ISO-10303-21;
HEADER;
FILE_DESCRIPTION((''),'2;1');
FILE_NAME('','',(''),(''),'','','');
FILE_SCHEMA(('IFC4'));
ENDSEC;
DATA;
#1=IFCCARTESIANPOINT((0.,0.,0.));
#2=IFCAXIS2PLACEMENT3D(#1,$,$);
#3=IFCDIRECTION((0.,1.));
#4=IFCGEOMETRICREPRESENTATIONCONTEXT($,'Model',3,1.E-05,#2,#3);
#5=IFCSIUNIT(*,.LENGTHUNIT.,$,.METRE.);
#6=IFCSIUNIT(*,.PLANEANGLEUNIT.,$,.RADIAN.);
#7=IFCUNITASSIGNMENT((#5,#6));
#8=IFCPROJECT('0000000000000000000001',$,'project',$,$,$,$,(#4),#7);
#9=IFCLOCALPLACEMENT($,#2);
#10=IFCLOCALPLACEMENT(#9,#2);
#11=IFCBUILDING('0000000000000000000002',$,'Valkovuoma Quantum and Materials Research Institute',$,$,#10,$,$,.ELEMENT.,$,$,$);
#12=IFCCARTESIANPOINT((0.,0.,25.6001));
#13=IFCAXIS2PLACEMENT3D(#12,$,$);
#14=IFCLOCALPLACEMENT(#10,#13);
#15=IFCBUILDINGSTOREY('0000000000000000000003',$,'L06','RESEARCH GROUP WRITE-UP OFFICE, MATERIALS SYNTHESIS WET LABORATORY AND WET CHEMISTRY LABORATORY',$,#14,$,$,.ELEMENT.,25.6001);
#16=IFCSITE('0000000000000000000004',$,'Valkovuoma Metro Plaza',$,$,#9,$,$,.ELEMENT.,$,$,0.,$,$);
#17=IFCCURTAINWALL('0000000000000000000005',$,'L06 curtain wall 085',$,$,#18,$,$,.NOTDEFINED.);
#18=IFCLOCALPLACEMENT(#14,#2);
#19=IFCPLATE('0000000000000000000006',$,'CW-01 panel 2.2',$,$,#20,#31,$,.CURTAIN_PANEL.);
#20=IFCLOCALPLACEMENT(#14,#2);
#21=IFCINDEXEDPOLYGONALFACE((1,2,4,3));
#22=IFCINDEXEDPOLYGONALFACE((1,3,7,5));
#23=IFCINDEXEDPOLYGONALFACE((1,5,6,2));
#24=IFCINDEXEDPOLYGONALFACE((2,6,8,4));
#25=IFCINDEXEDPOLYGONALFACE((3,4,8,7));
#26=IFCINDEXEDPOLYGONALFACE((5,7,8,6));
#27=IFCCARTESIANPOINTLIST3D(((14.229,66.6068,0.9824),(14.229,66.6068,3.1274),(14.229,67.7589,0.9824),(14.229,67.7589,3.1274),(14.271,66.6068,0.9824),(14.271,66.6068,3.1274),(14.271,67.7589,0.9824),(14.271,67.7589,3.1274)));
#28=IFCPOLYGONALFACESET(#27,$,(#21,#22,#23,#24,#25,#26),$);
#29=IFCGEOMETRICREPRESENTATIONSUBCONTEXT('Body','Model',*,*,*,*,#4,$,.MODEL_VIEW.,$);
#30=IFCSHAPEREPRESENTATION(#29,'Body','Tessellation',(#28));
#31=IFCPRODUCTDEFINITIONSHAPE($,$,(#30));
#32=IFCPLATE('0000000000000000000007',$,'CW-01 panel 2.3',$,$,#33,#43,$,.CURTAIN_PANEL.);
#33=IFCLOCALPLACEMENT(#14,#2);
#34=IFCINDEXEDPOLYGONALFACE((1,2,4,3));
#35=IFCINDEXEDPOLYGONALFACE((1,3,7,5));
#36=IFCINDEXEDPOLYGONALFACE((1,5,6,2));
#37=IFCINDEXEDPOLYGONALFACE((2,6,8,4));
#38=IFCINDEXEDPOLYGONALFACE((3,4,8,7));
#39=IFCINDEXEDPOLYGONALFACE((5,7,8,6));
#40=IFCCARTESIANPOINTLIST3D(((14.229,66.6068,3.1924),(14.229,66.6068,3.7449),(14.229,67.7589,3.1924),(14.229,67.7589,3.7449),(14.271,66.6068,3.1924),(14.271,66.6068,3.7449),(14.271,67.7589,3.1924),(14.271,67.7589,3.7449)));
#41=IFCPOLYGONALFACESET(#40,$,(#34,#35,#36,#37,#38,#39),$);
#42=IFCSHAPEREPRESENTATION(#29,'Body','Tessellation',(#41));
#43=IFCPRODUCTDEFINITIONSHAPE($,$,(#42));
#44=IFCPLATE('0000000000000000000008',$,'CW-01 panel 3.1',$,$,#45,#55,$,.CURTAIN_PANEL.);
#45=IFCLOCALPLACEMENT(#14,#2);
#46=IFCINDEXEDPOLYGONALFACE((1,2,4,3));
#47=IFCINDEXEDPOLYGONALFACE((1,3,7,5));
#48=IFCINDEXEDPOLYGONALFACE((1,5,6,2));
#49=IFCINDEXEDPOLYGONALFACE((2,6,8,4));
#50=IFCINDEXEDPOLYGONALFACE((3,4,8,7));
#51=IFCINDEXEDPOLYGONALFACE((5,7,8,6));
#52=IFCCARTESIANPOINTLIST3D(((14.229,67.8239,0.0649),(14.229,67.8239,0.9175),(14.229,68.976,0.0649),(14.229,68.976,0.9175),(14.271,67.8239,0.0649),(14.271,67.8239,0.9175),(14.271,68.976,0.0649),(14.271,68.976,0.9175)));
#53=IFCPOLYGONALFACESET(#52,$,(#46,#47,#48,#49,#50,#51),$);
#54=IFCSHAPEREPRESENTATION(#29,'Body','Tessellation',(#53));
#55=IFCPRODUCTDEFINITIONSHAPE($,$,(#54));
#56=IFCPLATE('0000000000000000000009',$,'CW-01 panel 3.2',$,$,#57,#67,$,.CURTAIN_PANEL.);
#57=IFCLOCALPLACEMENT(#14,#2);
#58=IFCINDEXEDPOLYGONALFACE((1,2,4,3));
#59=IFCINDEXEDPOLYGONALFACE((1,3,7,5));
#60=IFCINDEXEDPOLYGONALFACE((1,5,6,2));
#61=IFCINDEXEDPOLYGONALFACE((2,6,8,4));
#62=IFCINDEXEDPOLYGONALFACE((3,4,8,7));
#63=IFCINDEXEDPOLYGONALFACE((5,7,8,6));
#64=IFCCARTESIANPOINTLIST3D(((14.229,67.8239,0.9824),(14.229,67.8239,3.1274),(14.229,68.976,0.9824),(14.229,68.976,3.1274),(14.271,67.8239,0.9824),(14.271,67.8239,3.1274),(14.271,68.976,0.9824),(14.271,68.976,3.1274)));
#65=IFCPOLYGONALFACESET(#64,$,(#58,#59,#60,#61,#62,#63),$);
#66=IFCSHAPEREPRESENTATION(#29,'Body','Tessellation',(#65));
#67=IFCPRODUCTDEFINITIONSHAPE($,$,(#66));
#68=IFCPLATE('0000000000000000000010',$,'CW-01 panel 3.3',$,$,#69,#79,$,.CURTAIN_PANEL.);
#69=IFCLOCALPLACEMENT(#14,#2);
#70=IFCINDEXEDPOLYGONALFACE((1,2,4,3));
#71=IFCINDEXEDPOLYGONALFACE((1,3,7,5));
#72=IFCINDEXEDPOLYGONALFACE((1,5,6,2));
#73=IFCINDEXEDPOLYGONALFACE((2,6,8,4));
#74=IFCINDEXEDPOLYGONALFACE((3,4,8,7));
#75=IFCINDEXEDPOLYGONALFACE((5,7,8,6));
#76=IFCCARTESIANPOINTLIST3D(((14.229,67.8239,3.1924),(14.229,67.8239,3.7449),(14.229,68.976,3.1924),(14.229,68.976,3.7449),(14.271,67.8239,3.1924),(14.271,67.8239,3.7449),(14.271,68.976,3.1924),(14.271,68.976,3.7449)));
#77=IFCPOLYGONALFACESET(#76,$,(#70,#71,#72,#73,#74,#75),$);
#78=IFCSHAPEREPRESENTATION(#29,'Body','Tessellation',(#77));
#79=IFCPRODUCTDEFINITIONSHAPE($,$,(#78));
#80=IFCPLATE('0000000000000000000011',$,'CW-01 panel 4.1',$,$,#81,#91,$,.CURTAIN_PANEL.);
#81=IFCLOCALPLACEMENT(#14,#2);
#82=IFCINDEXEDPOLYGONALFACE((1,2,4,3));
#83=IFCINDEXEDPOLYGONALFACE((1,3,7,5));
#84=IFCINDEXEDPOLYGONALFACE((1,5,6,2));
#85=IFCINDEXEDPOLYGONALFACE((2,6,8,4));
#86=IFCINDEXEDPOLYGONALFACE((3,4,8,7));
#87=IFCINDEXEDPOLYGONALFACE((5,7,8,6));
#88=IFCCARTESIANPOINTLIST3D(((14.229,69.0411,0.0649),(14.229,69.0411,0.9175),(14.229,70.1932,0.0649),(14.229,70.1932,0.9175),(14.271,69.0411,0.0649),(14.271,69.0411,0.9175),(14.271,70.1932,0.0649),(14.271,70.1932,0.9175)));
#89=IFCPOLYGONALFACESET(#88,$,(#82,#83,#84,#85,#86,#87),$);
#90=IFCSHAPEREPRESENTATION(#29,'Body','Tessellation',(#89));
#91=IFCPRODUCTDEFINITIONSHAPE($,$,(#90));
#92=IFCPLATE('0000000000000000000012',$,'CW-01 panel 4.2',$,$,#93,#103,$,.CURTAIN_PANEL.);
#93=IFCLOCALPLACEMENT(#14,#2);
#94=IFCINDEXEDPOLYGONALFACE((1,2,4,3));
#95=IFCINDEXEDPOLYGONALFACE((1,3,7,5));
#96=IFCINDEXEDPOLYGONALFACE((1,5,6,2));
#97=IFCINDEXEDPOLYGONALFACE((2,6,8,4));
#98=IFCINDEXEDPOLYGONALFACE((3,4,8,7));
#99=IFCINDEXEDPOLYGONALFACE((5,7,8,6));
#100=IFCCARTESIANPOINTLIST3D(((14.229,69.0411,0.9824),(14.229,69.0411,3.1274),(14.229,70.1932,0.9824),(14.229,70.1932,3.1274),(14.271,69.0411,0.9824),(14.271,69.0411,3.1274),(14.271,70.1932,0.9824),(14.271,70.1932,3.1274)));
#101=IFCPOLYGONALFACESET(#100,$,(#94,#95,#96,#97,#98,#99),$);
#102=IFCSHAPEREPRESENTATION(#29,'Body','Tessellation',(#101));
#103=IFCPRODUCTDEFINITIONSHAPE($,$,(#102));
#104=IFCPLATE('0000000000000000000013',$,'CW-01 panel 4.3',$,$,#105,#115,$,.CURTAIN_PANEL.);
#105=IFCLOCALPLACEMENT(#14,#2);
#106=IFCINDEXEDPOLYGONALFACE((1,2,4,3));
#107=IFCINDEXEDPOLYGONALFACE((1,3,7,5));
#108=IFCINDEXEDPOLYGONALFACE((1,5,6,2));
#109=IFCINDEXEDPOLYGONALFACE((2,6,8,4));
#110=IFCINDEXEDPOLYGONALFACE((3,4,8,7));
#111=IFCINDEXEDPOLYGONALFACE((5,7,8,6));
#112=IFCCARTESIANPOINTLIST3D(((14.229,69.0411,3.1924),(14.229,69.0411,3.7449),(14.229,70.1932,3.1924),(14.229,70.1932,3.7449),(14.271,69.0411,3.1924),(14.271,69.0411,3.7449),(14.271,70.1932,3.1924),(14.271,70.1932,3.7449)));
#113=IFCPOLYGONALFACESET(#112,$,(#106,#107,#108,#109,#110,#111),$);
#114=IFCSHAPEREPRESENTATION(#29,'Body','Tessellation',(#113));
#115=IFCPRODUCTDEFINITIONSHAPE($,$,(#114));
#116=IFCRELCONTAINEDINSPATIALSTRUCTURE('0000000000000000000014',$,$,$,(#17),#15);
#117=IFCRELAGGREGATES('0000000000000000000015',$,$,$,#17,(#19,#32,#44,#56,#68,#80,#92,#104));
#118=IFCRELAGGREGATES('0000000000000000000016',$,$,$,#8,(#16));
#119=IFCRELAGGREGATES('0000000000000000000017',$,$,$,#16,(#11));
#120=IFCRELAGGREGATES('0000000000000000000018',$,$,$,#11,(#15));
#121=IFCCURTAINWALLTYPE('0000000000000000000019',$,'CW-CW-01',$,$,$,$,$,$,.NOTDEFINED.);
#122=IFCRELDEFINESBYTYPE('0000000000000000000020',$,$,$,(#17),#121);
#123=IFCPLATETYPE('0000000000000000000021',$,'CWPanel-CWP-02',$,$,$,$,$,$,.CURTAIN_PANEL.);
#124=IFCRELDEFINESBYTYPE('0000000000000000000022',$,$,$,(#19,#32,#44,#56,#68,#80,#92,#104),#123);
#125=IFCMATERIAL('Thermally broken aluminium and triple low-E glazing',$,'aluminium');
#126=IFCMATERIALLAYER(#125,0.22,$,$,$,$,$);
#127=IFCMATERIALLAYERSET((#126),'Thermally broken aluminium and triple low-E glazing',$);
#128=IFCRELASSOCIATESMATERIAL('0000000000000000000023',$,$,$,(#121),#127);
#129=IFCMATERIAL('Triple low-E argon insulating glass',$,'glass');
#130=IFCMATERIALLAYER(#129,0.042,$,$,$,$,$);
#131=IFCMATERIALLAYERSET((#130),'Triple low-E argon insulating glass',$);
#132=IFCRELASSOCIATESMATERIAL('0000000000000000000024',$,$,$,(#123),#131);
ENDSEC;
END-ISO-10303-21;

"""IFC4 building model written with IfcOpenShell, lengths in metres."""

from ifc_helpers import new_model, si_unit, direction, frame, origin, origin_2d, place, context, subcontext, project, spatial, rectangle, extrude, material, layer, layer_set, type_object, element, aggregate, save


model = new_model("IFC4")

# Units and contexts
model_context = context("Model", 3, precision=1e-05, world=origin(), true_north=direction((0.0, 1.0)))
body_context = subcontext(model_context, "Body", "Model", "MODEL_VIEW")
ifc_project = project(units=[si_unit("LENGTHUNIT", "METRE"), si_unit("PLANEANGLEUNIT", "RADIAN")], contexts=[model_context])

# Site, building, storey
site_placement = place(None, origin())
site = spatial("IfcSite", under=ifc_project, at=site_placement, Name="Valkovuoma Metro Plaza", CompositionType="ELEMENT", RefElevation=0.0)
building_placement = place(site_placement, origin())
building = spatial("IfcBuilding", under=site, at=building_placement, Name="Valkovuoma Quantum and Materials Research Institute", CompositionType="ELEMENT")
storey_placement = place(building_placement, frame((0.0, 0.0, 25.6001)))
storey = spatial("IfcBuildingStorey", under=building, at=storey_placement, Name="L06", Description="RESEARCH GROUP WRITE-UP OFFICE, MATERIALS SYNTHESIS WET LABORATORY AND WET CHEMISTRY LABORATORY", CompositionType="ELEMENT", Elevation=25.6001)

# Curtain wall, plates
ifc_material_1 = material(Name="Thermally broken aluminium and triple low-E glazing", Category="aluminium")
ifc_layer_1 = layer(ifc_material_1, 0.22)
ifc_layer_set_1 = layer_set([ifc_layer_1], Name="Thermally broken aluminium and triple low-E glazing")
curtain_wall_type = type_object("IfcCurtainWallType", Name="CW-CW-01", PredefinedType="NOTDEFINED", material=ifc_layer_set_1)
curtain_wall_placement = place(storey_placement, origin())
curtain_wall = element("IfcCurtainWall", 1, at=curtain_wall_placement, inside=storey, type_object=curtain_wall_type, Name="L06 curtain wall 085", PredefinedType="NOTDEFINED")
ifc_material_2 = material(Name="Triple low-E argon insulating glass", Category="glass")
ifc_layer_2 = layer(ifc_material_2, 0.042)
ifc_layer_set_2 = layer_set([ifc_layer_2], Name="Triple low-E argon insulating glass")
plate_type = type_object("IfcPlateType", Name="CWPanel-CWP-02", PredefinedType="CURTAIN_PANEL", material=ifc_layer_set_2)
plate_1_placement = place(storey_placement, frame((14.25, 67.1829, 0.9824), z_axis=(0.0, 0.0, 1.0), x_axis=(0.0, 1.0, 0.0)))
plate_1 = element("IfcPlate", 2, at=plate_1_placement, type_object=plate_type, Name="CW-01 panel 2.2", PredefinedType="CURTAIN_PANEL", context=body_context, shape_type="SweptSolid", body=[
    extrude(rectangle(XDim=1.1521, YDim=0.042, at=origin_2d()), origin(), (0.0, 0.0, 1.0), 2.145),
])
plate_2_placement = place(storey_placement, frame((14.25, 67.1829, 3.1924), z_axis=(0.0, 0.0, 1.0), x_axis=(0.0, 1.0, 0.0)))
plate_2 = element("IfcPlate", 3, at=plate_2_placement, type_object=plate_type, Name="CW-01 panel 2.3", PredefinedType="CURTAIN_PANEL", context=body_context, shape_type="SweptSolid", body=[
    extrude(rectangle(XDim=1.1521, YDim=0.042, at=origin_2d()), origin(), (0.0, 0.0, 1.0), 0.5525),
])
plate_3_placement = place(storey_placement, frame((14.25, 68.3999, 0.0649), z_axis=(0.0, 0.0, 1.0), x_axis=(0.0, 1.0, 0.0)))
plate_3 = element("IfcPlate", 4, at=plate_3_placement, type_object=plate_type, Name="CW-01 panel 3.1", PredefinedType="CURTAIN_PANEL", context=body_context, shape_type="SweptSolid", body=[
    extrude(rectangle(XDim=1.1521, YDim=0.042, at=origin_2d()), origin(), (0.0, 0.0, 1.0), 0.8525),
])
plate_4_placement = place(storey_placement, frame((14.25, 68.3999, 0.9824), z_axis=(0.0, 0.0, 1.0), x_axis=(0.0, 1.0, 0.0)))
plate_4 = element("IfcPlate", 5, at=plate_4_placement, type_object=plate_type, Name="CW-01 panel 3.2", PredefinedType="CURTAIN_PANEL", context=body_context, shape_type="SweptSolid", body=[
    extrude(rectangle(XDim=1.1521, YDim=0.042, at=origin_2d()), origin(), (0.0, 0.0, 1.0), 2.145),
])
plate_5_placement = place(storey_placement, frame((14.25, 68.3999, 3.1924), z_axis=(0.0, 0.0, 1.0), x_axis=(0.0, 1.0, 0.0)))
plate_5 = element("IfcPlate", 6, at=plate_5_placement, type_object=plate_type, Name="CW-01 panel 3.3", PredefinedType="CURTAIN_PANEL", context=body_context, shape_type="SweptSolid", body=[
    extrude(rectangle(XDim=1.1521, YDim=0.042, at=origin_2d()), origin(), (0.0, 0.0, 1.0), 0.5525),
])
plate_6_placement = place(storey_placement, frame((14.25, 69.6172, 0.0649), z_axis=(0.0, 0.0, 1.0), x_axis=(0.0, 1.0, 0.0)))
plate_6 = element("IfcPlate", 7, at=plate_6_placement, type_object=plate_type, Name="CW-01 panel 4.1", PredefinedType="CURTAIN_PANEL", context=body_context, shape_type="SweptSolid", body=[
    extrude(rectangle(XDim=1.1521, YDim=0.042, at=origin_2d()), origin(), (0.0, 0.0, 1.0), 0.8525),
])
plate_7_placement = place(storey_placement, frame((14.25, 69.6172, 0.9824), z_axis=(0.0, 0.0, 1.0), x_axis=(0.0, 1.0, 0.0)))
plate_7 = element("IfcPlate", 8, at=plate_7_placement, type_object=plate_type, Name="CW-01 panel 4.2", PredefinedType="CURTAIN_PANEL", context=body_context, shape_type="SweptSolid", body=[
    extrude(rectangle(XDim=1.1521, YDim=0.042, at=origin_2d()), origin(), (0.0, 0.0, 1.0), 2.145),
])
plate_8_placement = place(storey_placement, frame((14.25, 69.6172, 3.1924), z_axis=(0.0, 0.0, 1.0), x_axis=(0.0, 1.0, 0.0)))
plate_8 = element("IfcPlate", 9, at=plate_8_placement, type_object=plate_type, Name="CW-01 panel 4.3", PredefinedType="CURTAIN_PANEL", context=body_context, shape_type="SweptSolid", body=[
    extrude(rectangle(XDim=1.1521, YDim=0.042, at=origin_2d()), origin(), (0.0, 0.0, 1.0), 0.5525),
])
aggregate(curtain_wall, [plate_1, plate_2, plate_3, plate_4, plate_5, plate_6, plate_7, plate_8])

save(model, "model.ifc")
